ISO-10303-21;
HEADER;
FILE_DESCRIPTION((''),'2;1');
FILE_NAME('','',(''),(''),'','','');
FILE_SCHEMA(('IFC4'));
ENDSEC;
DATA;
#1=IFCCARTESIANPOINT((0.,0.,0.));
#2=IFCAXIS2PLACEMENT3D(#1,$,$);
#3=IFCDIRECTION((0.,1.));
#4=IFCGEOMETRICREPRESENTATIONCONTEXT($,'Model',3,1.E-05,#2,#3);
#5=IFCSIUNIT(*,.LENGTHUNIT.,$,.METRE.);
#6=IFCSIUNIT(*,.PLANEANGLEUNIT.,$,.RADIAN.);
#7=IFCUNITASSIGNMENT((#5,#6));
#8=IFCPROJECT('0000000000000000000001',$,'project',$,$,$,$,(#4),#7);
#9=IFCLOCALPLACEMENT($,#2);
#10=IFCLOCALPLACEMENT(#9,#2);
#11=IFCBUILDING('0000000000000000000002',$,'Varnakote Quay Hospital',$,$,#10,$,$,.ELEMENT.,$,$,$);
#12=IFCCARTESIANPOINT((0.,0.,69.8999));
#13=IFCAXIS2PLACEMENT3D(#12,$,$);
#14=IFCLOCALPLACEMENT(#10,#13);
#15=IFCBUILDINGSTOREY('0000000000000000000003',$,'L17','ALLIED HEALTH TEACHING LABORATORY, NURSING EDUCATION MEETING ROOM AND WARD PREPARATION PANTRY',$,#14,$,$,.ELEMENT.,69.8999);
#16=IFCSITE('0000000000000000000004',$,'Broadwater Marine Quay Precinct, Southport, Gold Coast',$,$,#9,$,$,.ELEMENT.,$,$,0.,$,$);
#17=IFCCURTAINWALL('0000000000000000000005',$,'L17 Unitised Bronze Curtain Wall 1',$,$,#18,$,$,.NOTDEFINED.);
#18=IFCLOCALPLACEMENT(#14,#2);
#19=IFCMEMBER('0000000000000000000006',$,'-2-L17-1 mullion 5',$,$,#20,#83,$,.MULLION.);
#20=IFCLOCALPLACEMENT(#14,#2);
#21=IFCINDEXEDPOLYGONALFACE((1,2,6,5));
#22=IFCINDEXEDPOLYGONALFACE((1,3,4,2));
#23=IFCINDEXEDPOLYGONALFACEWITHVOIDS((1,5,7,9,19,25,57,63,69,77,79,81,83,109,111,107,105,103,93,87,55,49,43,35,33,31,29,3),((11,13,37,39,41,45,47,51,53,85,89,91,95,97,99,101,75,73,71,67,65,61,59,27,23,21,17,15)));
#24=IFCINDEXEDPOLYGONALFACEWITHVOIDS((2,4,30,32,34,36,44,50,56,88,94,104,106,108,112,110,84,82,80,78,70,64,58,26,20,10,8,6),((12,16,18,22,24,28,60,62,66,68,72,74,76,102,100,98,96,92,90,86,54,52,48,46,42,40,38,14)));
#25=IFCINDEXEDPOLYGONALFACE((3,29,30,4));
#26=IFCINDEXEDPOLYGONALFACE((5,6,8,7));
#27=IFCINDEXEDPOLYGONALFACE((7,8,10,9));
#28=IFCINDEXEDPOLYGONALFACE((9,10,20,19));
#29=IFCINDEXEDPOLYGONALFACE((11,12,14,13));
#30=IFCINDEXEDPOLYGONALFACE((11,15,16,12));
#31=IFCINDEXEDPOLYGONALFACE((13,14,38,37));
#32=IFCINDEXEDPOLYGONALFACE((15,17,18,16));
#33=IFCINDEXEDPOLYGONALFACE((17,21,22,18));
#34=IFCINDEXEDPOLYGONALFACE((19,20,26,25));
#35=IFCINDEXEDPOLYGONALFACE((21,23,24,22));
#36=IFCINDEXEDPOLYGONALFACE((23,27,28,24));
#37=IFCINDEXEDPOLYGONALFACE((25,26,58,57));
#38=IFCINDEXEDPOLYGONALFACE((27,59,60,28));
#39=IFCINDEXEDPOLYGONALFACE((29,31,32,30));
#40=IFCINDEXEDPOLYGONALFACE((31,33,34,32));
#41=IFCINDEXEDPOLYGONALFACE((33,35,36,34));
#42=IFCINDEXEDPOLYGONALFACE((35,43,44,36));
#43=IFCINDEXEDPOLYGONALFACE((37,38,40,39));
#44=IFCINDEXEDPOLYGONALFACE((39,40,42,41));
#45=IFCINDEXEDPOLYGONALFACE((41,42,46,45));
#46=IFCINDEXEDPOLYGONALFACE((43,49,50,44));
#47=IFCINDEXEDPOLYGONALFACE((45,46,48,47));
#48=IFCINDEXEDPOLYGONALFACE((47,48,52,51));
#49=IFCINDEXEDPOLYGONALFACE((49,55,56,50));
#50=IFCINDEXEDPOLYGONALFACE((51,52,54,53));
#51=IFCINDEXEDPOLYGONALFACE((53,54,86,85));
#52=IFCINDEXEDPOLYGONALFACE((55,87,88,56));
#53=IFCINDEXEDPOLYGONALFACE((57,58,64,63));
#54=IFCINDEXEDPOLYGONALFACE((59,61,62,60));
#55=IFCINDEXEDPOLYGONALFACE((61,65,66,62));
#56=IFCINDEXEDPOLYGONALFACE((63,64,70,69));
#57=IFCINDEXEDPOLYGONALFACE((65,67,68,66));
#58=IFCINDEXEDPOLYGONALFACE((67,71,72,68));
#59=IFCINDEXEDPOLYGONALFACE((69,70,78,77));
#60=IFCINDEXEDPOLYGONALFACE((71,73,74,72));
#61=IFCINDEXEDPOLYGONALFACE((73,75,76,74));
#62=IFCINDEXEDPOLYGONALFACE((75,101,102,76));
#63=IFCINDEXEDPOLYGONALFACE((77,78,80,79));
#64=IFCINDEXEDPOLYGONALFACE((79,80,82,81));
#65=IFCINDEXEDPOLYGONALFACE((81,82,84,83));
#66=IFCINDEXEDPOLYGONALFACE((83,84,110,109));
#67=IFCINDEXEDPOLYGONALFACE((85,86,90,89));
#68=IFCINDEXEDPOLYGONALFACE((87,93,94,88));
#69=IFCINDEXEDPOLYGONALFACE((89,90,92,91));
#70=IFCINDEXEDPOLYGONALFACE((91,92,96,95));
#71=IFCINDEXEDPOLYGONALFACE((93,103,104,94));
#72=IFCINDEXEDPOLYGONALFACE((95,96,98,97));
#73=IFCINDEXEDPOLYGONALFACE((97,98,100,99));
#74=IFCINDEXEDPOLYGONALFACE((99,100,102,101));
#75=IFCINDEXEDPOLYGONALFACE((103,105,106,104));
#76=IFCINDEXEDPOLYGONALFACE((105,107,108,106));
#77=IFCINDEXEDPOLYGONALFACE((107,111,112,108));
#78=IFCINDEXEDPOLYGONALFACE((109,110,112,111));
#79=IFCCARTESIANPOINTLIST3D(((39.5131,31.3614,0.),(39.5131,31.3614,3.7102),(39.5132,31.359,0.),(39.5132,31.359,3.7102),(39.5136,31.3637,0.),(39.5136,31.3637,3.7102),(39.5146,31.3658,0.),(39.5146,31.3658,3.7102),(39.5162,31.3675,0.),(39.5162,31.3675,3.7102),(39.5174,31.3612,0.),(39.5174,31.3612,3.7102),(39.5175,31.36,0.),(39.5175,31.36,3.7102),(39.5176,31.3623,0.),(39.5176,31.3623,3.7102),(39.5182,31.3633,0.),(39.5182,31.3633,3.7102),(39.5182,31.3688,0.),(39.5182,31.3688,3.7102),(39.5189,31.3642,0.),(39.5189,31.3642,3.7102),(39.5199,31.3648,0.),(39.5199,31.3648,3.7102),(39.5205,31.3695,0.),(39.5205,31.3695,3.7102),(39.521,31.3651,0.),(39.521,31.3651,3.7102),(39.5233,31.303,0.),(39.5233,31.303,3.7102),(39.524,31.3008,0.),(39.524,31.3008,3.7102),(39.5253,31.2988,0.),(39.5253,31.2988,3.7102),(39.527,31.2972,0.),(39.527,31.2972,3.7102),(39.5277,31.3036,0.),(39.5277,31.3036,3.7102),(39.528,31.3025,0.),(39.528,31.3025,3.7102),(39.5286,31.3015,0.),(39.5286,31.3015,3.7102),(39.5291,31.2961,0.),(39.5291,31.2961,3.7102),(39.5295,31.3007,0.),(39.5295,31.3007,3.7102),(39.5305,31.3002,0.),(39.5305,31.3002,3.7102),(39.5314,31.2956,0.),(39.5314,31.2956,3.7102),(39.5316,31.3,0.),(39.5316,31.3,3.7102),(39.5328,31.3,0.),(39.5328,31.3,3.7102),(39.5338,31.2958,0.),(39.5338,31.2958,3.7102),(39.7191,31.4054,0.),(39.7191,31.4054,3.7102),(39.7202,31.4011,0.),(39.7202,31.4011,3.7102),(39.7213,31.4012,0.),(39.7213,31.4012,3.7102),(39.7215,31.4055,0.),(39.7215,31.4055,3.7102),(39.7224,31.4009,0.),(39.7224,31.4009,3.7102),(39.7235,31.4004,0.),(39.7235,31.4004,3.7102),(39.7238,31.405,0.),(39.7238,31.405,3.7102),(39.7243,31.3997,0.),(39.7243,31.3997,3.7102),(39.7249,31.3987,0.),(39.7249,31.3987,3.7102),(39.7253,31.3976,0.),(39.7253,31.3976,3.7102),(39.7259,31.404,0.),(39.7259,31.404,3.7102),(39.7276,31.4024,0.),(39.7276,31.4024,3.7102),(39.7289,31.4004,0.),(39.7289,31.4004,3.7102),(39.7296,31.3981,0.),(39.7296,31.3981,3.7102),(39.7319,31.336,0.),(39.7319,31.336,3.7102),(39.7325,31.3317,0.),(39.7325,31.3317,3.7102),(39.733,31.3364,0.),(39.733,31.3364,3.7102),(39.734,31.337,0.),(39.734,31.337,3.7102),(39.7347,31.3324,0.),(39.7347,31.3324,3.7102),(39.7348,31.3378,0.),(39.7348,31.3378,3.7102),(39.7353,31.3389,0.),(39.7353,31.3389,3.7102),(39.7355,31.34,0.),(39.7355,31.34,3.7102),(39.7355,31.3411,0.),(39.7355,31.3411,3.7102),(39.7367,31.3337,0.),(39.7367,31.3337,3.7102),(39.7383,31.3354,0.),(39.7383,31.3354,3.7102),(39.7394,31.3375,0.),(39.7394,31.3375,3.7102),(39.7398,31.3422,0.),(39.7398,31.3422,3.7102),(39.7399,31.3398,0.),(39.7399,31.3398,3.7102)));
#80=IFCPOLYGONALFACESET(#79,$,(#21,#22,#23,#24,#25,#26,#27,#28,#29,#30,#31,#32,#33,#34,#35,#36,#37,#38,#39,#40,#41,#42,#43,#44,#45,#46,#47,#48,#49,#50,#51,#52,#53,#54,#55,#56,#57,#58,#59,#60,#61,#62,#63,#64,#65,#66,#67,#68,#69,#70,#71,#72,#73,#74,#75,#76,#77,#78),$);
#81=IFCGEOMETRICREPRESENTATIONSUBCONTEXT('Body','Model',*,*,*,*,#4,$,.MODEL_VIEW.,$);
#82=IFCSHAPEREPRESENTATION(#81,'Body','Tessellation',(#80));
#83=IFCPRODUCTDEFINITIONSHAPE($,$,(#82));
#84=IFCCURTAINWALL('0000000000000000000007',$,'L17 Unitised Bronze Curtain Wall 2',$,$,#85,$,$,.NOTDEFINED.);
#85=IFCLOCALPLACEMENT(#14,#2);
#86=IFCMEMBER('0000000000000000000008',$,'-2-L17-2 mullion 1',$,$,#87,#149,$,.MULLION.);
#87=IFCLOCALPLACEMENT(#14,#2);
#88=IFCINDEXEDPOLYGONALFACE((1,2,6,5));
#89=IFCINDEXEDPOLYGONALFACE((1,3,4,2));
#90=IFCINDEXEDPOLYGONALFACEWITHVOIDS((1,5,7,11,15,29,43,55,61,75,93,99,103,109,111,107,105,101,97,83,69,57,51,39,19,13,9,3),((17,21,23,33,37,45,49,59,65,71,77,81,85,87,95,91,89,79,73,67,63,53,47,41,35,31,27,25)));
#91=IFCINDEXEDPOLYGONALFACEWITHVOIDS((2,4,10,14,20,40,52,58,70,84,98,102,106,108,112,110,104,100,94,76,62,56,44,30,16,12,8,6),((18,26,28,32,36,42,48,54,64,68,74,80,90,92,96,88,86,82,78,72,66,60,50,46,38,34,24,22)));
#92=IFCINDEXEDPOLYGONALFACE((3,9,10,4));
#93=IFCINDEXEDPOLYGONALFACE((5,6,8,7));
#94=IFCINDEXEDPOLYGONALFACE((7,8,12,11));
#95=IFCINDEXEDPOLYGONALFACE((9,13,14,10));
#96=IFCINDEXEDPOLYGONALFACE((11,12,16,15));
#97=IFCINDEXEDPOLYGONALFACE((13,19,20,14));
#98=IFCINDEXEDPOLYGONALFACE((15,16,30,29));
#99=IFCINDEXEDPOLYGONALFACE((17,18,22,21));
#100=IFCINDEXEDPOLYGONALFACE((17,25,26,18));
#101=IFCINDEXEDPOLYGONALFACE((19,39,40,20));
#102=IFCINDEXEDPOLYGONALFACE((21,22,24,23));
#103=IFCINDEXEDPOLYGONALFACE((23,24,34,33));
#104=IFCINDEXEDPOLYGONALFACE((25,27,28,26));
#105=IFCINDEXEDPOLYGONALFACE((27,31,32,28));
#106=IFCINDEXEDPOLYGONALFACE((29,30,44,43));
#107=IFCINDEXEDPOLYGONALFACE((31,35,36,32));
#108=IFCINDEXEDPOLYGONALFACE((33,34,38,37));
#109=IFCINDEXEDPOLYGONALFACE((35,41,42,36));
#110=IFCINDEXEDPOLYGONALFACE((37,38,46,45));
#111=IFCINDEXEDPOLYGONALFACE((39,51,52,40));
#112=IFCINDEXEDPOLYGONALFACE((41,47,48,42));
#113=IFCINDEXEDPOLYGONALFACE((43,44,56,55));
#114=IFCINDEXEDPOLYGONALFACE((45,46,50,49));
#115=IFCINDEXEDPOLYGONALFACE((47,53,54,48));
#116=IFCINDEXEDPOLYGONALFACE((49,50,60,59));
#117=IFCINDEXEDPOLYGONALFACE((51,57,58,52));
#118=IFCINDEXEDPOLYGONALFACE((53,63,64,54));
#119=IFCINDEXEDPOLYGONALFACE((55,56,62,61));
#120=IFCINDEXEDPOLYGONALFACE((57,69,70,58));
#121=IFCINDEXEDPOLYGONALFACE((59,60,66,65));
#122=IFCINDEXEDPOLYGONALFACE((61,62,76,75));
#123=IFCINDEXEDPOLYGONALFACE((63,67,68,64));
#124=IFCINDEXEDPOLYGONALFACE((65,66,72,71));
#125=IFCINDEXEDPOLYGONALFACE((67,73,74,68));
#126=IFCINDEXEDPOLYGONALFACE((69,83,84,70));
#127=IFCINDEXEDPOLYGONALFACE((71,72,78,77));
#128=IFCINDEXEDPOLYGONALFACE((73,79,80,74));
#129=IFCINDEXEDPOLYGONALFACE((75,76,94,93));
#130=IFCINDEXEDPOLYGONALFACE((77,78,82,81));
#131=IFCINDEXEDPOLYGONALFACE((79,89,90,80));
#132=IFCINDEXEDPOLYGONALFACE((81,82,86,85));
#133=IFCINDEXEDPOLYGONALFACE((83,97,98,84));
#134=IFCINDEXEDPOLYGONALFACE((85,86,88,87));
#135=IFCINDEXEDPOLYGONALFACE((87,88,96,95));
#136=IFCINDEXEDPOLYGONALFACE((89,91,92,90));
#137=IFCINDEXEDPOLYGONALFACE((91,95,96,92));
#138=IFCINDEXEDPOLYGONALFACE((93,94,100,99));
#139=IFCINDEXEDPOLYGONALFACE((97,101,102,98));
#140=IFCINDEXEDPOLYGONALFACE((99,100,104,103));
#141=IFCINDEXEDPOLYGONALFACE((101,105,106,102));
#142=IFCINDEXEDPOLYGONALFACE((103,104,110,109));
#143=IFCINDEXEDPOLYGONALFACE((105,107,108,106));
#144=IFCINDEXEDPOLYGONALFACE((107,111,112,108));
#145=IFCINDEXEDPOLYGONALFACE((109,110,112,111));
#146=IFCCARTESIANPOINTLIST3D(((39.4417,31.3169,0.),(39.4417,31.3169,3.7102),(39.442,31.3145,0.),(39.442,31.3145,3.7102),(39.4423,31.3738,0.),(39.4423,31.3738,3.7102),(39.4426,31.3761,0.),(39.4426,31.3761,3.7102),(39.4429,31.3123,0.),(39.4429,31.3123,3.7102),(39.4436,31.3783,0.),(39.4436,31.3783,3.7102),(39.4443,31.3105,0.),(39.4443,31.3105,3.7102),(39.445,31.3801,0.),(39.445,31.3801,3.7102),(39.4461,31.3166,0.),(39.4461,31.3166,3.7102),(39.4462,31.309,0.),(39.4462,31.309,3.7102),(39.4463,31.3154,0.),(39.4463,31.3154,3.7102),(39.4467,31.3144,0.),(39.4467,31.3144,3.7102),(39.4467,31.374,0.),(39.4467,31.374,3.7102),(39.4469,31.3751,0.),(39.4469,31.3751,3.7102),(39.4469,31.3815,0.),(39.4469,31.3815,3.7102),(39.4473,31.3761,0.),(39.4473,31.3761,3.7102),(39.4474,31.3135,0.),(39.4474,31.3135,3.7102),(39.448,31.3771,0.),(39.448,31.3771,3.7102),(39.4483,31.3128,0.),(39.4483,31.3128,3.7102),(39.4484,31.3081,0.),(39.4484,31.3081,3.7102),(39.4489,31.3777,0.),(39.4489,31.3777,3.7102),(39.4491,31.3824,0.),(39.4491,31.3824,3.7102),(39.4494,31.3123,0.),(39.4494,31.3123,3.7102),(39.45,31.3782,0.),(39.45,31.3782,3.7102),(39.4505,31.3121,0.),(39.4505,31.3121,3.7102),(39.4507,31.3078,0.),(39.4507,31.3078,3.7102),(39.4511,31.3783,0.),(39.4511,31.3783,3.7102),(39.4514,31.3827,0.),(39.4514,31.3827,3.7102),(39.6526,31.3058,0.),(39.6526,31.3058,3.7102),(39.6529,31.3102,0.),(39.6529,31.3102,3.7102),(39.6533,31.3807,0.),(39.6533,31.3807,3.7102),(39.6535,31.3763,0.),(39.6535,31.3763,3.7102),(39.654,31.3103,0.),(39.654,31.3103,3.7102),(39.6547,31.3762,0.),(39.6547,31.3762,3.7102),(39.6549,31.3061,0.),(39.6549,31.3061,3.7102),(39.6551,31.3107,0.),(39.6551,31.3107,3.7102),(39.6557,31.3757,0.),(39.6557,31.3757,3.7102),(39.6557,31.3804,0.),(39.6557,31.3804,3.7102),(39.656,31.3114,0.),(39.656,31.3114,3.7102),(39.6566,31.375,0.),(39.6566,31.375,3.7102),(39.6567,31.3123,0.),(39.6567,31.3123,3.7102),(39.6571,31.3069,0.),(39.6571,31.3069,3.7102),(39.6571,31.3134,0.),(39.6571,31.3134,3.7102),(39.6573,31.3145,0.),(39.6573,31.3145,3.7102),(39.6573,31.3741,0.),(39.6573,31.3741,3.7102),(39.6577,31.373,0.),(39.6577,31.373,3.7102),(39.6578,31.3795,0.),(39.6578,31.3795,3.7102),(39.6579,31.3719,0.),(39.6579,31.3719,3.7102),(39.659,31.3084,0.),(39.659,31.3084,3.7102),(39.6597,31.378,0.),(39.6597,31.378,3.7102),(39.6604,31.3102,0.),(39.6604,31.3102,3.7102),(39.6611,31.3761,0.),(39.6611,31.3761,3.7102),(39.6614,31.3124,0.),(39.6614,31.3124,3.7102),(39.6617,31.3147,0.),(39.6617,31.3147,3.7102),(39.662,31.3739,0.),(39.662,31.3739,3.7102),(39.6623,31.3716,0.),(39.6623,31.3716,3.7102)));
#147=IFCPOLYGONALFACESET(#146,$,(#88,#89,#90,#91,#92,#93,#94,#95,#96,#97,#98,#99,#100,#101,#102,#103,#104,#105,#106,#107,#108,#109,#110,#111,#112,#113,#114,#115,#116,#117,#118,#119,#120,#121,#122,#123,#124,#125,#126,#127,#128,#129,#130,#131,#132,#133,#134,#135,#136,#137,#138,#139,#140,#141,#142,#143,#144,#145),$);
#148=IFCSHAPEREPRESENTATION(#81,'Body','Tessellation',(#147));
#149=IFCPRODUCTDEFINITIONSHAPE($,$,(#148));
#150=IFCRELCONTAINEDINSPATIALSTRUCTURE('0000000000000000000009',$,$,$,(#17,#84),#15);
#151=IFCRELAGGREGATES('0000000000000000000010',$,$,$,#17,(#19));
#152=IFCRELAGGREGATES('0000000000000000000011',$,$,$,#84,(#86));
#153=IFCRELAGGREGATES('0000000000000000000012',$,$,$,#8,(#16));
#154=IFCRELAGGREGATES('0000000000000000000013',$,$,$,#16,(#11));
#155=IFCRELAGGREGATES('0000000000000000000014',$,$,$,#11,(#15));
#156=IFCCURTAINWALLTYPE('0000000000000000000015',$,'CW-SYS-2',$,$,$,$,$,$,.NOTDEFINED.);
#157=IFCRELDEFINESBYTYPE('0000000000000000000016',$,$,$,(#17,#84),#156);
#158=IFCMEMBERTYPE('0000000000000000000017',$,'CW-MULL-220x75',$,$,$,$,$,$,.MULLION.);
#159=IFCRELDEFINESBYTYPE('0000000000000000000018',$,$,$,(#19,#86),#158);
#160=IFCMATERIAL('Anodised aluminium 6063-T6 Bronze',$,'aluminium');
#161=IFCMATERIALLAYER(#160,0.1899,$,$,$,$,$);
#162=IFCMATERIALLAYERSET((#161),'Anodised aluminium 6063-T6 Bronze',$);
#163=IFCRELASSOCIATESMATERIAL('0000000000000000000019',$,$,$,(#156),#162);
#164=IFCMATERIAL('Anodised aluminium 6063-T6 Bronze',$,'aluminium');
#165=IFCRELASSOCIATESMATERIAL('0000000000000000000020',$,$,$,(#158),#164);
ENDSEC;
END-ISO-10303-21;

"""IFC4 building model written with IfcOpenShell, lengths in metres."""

from ifc_helpers import new_model, si_unit, direction, frame, origin, origin_2d, place, context, subcontext, project, spatial, hollow_rectangle, extrude, material, layer, layer_set, material_profile, profile_set, type_object, element, aggregate, save


model = new_model("IFC4")

# Units and contexts
model_context = context("Model", 3, precision=1e-05, world=origin(), true_north=direction((0.0, 1.0)))
body_context = subcontext(model_context, "Body", "Model", "MODEL_VIEW")
ifc_project = project(units=[si_unit("LENGTHUNIT", "METRE"), si_unit("PLANEANGLEUNIT", "RADIAN")], contexts=[model_context])

# Site, building, storey
site_placement = place(None, origin())
site = spatial("IfcSite", under=ifc_project, at=site_placement, Name="Broadwater Marine Quay Precinct, Southport, Gold Coast", CompositionType="ELEMENT", RefElevation=0.0)
building_placement = place(site_placement, origin())
building = spatial("IfcBuilding", under=site, at=building_placement, Name="Varnakote Quay Hospital", CompositionType="ELEMENT")
storey_placement = place(building_placement, frame((0.0, 0.0, 69.8999)))
storey = spatial("IfcBuildingStorey", under=building, at=storey_placement, Name="L17", Description="ALLIED HEALTH TEACHING LABORATORY, NURSING EDUCATION MEETING ROOM AND WARD PREPARATION PANTRY", CompositionType="ELEMENT", Elevation=69.8999)

# Curtain wall, member
ifc_material_1 = material(Name="Anodised aluminium 6063-T6 Bronze", Category="aluminium")
ifc_layer_1 = layer(ifc_material_1, 0.1899)
ifc_layer_set_1 = layer_set([ifc_layer_1], Name="Anodised aluminium 6063-T6 Bronze")
curtain_wall_type = type_object("IfcCurtainWallType", Name="CW-SYS-2", PredefinedType="NOTDEFINED", material=ifc_layer_set_1)
curtain_wall_1_placement = place(storey_placement, origin())
curtain_wall_1 = element("IfcCurtainWall", 1, at=curtain_wall_1_placement, inside=storey, type_object=curtain_wall_type, Name="L17 Unitised Bronze Curtain Wall 1", PredefinedType="NOTDEFINED")
ifc_material_2 = material(Name="Anodised aluminium 6063-T6 Bronze", Category="aluminium")
ifc_material_profile_1 = material_profile(ifc_material_2, hollow_rectangle(XDim=0.075, YDim=0.22, WallThickness=0.0044, InnerFilletRadius=0.0044, OuterFilletRadius=0.009, at=origin_2d()), Name="CW-MULL-220x75")
ifc_profile_set_1 = profile_set([ifc_material_profile_1], Name="Anodised aluminium 6063-T6 Bronze")
member_type_1 = type_object("IfcMemberType", Name="CW-MULL-220x75", PredefinedType="MULLION", material=ifc_profile_set_1)
member_1_placement = place(storey_placement, frame((39.6265, 31.3506, 0.0), z_axis=(0.0, 0.0, 1.0), x_axis=(0.177846, -0.984058, 0.0)))
member_1 = element("IfcMember", 2, at=member_1_placement, type_object=member_type_1, Name="-2-L17-1 mullion 5", PredefinedType="MULLION", context=body_context, shape_type="SweptSolid", body=[
    extrude(hollow_rectangle(XDim=0.075, YDim=0.22, WallThickness=0.0044, InnerFilletRadius=0.0044, OuterFilletRadius=0.009, at=origin_2d()), origin(), (0.0, 0.0, 1.0), 3.7102),
])

# Curtain wall, member
curtain_wall_2_placement = place(storey_placement, origin())
curtain_wall_2 = element("IfcCurtainWall", 3, at=curtain_wall_2_placement, inside=storey, type_object=curtain_wall_type, Name="L17 Unitised Bronze Curtain Wall 2", PredefinedType="NOTDEFINED")
member_2_placement = place(storey_placement, frame((39.552, 31.3442, 0.0), z_axis=(0.0, 0.0, 1.0), x_axis=(-0.009774, -0.999952, 0.0)))
member_2 = element("IfcMember", 4, at=member_2_placement, type_object=member_type_1, Name="-2-L17-2 mullion 1", PredefinedType="MULLION", context=body_context, shape_type="SweptSolid", body=[
    extrude(hollow_rectangle(XDim=0.075, YDim=0.22, WallThickness=0.0044, InnerFilletRadius=0.0044, OuterFilletRadius=0.009, at=origin_2d()), origin(), (0.0, 0.0, 1.0), 3.7102),
])

aggregate(curtain_wall_1, [member_1])
aggregate(curtain_wall_2, [member_2])

save(model, "model.ifc")
